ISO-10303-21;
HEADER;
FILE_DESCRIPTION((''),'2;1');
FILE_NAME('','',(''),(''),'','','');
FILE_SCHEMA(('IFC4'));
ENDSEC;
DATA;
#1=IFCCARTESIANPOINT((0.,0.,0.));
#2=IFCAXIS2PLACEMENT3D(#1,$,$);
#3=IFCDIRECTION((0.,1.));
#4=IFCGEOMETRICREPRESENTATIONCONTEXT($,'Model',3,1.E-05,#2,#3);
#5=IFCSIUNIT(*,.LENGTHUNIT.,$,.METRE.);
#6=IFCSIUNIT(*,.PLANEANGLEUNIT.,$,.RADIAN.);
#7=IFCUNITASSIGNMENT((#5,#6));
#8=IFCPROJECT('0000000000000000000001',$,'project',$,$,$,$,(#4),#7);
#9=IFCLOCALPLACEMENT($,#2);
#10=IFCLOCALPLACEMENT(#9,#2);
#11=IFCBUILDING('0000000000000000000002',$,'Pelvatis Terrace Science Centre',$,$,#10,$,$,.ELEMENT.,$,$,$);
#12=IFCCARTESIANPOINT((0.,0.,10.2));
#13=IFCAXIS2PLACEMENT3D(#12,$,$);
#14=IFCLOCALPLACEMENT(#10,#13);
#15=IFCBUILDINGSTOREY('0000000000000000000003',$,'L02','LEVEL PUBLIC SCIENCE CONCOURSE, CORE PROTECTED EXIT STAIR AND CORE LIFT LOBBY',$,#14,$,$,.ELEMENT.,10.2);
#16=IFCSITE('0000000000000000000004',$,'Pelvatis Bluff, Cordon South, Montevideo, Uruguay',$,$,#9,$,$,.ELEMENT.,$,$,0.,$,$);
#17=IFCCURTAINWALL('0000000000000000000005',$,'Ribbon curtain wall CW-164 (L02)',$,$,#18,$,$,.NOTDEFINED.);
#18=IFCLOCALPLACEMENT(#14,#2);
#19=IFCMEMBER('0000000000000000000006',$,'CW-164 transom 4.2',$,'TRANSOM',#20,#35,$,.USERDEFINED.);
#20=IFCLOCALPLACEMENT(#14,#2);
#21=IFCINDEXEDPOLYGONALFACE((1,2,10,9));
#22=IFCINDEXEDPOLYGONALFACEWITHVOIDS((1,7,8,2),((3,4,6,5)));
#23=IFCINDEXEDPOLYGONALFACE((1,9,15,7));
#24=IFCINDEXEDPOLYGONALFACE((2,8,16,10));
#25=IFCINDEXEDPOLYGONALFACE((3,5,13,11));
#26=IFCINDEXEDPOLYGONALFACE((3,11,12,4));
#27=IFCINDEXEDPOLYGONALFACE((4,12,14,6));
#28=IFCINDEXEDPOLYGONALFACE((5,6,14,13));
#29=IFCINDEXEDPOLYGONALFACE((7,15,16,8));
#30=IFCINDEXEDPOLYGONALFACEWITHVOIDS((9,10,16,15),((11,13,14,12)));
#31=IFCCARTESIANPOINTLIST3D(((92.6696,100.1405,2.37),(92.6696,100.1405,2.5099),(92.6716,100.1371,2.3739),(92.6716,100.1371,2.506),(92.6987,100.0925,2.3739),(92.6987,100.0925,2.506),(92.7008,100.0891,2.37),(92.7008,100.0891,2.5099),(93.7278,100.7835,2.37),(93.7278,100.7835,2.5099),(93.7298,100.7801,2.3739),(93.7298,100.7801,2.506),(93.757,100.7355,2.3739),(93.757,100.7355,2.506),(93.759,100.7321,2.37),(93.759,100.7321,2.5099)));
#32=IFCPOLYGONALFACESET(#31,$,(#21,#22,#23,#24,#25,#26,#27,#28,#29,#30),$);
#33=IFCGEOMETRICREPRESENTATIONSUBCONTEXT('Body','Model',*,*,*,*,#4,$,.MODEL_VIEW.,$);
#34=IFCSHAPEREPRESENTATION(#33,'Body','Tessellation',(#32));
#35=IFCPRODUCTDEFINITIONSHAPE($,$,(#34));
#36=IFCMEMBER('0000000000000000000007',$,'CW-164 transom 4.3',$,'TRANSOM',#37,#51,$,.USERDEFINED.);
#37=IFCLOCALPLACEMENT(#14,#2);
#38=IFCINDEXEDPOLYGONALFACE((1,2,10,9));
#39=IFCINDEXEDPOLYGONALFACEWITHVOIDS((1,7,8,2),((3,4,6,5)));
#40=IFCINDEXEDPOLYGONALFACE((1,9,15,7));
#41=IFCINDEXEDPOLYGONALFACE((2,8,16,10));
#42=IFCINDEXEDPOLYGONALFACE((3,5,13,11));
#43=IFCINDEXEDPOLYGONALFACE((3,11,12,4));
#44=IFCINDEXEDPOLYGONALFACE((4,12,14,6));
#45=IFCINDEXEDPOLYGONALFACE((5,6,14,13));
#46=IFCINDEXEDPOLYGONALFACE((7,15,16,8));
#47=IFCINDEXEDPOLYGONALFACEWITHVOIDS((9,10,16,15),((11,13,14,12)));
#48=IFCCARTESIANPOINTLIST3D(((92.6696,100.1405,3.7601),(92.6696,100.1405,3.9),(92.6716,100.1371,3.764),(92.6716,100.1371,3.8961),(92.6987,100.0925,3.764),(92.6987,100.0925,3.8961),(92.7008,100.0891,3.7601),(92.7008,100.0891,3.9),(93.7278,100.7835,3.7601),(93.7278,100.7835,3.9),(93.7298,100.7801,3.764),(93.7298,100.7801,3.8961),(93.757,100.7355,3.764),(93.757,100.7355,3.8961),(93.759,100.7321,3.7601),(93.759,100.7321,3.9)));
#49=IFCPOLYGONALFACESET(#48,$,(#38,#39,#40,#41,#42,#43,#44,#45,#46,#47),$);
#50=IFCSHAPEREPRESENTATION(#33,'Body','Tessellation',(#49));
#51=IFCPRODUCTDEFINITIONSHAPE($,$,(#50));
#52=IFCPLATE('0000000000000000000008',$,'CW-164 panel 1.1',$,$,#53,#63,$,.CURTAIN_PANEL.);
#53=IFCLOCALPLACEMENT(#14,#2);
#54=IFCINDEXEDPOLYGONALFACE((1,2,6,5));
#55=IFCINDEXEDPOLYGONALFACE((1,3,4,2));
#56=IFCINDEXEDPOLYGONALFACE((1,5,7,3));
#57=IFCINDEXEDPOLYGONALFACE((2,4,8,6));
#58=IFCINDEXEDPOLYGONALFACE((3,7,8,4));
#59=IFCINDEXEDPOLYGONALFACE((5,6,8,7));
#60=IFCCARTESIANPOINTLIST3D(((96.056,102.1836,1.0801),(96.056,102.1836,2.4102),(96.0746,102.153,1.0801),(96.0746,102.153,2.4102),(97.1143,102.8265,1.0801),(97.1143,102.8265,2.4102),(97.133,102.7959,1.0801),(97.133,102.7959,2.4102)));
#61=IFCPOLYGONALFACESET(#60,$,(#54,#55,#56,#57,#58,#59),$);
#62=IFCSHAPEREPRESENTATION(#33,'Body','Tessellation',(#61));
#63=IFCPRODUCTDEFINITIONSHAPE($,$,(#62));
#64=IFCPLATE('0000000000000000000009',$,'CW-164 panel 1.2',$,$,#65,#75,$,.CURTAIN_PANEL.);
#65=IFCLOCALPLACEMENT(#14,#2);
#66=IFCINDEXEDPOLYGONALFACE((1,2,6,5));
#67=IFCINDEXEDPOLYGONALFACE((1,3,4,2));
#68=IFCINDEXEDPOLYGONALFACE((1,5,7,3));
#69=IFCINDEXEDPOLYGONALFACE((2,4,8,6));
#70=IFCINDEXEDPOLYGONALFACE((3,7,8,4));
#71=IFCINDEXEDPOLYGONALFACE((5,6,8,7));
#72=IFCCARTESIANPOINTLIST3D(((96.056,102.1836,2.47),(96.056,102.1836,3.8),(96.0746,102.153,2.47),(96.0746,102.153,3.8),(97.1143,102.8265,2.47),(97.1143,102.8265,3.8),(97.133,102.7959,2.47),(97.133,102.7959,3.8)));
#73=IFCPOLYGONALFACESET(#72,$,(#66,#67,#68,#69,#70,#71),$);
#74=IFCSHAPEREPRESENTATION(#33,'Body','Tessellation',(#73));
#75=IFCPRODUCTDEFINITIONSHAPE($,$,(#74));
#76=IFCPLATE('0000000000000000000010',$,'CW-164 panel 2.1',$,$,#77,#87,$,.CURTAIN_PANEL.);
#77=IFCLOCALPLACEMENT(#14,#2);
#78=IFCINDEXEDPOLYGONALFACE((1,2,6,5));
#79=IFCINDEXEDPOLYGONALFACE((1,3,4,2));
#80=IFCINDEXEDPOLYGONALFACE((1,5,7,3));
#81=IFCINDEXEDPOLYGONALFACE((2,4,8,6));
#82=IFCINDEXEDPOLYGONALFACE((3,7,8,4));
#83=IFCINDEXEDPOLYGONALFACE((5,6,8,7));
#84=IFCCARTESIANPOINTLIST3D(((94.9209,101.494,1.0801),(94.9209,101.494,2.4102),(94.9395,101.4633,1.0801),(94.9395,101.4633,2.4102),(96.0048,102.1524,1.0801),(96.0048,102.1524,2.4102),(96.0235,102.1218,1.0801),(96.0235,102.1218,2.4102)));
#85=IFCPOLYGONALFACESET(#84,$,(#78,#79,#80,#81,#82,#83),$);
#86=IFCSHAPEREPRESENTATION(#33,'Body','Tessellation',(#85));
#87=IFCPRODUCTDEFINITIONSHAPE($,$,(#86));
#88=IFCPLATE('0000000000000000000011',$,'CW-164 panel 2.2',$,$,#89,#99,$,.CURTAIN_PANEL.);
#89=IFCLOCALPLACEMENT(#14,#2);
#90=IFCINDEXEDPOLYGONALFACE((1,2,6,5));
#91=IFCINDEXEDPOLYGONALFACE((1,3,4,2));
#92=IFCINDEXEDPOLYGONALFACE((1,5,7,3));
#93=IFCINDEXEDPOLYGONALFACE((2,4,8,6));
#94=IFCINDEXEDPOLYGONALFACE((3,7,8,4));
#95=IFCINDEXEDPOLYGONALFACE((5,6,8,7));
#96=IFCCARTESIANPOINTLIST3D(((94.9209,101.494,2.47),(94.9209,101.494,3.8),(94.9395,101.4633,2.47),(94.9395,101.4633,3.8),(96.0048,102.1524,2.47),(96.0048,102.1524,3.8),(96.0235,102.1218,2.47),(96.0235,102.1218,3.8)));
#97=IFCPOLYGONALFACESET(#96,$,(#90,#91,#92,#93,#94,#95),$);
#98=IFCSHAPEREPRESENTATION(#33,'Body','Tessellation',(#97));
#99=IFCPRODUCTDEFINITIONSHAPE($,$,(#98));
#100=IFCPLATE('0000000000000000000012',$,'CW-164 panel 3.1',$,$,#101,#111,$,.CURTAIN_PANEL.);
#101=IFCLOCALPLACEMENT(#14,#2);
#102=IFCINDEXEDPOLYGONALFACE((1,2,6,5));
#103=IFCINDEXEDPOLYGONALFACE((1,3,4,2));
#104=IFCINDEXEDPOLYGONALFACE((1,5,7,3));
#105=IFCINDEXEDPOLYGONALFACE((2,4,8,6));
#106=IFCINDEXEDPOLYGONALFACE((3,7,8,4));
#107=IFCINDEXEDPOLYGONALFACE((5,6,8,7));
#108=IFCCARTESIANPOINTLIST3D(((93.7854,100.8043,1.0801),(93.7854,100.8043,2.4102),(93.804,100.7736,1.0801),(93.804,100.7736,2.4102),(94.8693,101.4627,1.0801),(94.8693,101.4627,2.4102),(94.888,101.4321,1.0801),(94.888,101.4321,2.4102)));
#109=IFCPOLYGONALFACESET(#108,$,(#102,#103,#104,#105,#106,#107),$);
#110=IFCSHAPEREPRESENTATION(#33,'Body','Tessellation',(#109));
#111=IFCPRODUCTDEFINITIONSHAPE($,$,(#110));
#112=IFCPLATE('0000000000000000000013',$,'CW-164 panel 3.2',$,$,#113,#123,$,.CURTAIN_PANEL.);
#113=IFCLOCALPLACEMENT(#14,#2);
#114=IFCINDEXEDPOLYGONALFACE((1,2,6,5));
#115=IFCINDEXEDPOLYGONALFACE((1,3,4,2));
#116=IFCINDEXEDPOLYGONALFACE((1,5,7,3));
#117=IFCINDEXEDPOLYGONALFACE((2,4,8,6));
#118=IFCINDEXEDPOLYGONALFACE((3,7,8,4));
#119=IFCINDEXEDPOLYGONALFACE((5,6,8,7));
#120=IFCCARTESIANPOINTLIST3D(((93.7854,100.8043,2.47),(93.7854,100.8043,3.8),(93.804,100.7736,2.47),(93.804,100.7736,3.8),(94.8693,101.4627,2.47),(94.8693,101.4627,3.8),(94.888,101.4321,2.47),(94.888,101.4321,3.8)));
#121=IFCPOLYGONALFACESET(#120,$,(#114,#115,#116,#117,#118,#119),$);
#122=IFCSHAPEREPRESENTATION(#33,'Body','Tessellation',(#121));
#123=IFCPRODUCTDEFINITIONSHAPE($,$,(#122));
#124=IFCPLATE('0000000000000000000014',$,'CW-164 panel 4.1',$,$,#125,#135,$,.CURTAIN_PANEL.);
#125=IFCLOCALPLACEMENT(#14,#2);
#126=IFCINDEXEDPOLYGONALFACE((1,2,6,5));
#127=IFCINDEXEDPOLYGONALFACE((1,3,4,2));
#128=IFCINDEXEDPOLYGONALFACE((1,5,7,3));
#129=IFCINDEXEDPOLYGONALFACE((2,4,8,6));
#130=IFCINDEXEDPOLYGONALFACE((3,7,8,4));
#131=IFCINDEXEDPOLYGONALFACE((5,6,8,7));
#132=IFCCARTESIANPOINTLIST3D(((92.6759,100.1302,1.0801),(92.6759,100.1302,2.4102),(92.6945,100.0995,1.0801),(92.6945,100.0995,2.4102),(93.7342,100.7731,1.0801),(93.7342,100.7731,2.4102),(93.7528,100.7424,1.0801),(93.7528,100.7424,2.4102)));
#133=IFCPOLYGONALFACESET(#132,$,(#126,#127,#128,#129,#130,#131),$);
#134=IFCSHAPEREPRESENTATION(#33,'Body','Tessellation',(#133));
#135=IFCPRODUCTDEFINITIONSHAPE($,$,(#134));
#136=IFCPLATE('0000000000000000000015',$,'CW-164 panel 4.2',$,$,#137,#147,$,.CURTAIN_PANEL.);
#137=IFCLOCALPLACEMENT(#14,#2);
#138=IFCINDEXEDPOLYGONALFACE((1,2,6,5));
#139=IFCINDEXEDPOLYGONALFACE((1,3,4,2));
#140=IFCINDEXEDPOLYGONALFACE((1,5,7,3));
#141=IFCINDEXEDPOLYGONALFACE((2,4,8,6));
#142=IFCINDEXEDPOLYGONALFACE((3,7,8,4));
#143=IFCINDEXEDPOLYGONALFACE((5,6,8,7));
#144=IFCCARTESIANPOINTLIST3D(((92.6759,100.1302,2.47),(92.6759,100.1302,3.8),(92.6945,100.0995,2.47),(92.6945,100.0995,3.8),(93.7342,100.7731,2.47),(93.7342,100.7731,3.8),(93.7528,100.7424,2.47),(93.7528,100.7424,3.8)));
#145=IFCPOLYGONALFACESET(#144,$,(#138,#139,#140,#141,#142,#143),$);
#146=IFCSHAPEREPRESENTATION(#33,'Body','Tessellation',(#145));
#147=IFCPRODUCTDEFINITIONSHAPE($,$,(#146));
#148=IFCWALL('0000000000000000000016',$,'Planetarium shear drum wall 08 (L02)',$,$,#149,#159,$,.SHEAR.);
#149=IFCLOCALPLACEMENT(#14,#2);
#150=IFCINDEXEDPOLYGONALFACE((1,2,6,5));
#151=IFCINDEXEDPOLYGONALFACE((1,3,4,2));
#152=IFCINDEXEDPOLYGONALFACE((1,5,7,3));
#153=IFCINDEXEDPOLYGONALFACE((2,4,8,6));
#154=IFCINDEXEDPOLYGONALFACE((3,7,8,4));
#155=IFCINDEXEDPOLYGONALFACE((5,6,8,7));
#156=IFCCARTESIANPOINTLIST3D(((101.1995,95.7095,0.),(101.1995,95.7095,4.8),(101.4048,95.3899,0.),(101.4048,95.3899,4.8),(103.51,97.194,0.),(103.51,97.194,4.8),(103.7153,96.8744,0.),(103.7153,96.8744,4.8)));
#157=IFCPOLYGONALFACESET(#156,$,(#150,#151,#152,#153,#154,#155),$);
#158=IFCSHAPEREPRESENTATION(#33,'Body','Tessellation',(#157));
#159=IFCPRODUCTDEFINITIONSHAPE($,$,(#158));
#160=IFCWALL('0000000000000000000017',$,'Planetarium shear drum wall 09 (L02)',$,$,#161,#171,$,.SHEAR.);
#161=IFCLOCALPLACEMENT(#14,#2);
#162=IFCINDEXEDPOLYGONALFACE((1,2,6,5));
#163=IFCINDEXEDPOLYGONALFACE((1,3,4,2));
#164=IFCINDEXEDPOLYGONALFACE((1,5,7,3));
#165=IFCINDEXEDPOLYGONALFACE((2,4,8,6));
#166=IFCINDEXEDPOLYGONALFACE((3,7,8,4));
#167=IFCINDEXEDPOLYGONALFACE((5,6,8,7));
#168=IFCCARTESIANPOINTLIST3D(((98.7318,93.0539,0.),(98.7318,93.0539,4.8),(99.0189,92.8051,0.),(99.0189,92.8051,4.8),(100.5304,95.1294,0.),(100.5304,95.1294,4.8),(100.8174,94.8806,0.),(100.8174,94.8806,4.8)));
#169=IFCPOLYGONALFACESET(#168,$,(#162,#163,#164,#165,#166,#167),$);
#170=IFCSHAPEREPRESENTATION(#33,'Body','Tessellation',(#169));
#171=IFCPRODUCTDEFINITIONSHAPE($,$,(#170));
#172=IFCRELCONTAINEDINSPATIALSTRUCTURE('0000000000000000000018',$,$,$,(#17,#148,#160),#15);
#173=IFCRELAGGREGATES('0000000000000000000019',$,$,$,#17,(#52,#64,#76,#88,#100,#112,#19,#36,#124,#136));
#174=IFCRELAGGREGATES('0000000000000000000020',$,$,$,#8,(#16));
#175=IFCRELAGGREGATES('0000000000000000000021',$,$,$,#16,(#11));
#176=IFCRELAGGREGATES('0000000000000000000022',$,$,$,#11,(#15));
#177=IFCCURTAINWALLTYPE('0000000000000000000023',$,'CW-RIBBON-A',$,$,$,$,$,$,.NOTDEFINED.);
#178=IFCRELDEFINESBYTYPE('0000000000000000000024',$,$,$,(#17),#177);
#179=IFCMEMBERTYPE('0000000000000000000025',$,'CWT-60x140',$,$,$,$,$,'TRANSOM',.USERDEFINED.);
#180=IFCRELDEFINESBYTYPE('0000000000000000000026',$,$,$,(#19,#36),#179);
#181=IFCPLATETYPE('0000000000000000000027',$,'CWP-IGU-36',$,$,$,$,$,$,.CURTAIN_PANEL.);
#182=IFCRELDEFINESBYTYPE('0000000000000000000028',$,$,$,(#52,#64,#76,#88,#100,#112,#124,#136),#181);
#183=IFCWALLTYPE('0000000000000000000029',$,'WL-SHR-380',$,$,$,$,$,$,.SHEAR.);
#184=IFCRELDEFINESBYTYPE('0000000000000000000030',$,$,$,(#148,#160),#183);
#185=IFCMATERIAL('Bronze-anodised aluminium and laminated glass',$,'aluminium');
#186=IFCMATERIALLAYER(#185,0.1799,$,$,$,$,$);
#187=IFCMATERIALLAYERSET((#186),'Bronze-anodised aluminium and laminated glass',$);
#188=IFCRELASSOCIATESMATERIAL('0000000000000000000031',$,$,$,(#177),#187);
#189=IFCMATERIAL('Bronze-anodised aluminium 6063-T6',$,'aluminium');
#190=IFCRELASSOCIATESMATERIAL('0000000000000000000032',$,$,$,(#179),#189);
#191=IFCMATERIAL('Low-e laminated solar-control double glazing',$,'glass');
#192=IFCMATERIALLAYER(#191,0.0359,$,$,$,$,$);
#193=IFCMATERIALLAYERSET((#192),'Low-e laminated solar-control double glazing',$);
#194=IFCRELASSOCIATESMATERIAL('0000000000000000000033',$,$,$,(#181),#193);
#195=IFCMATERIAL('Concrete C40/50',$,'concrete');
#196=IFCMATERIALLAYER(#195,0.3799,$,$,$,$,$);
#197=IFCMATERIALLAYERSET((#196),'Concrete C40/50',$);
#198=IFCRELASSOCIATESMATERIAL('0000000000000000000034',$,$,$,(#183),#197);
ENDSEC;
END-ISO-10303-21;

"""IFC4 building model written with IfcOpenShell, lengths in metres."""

from ifc_helpers import new_model, si_unit, direction, frame, frame_2d, origin, origin_2d, place, context, subcontext, project, spatial, rectangle, hollow_rectangle, extrude, material, layer, layer_set, material_profile, profile_set, type_object, element, aggregate, save


model = new_model("IFC4")

# Units and contexts
model_context = context("Model", 3, precision=1e-05, world=origin(), true_north=direction((0.0, 1.0)))
body_context = subcontext(model_context, "Body", "Model", "MODEL_VIEW")
ifc_project = project(units=[si_unit("LENGTHUNIT", "METRE"), si_unit("PLANEANGLEUNIT", "RADIAN")], contexts=[model_context])

# Site, building, storey
site_placement = place(None, origin())
site = spatial("IfcSite", under=ifc_project, at=site_placement, Name="Pelvatis Bluff, Cordon South, Montevideo, Uruguay", CompositionType="ELEMENT", RefElevation=0.0)
building_placement = place(site_placement, origin())
building = spatial("IfcBuilding", under=site, at=building_placement, Name="Pelvatis Terrace Science Centre", CompositionType="ELEMENT")
storey_placement = place(building_placement, frame((0.0, 0.0, 10.2)))
storey = spatial("IfcBuildingStorey", under=building, at=storey_placement, Name="L02", Description="LEVEL PUBLIC SCIENCE CONCOURSE, CORE PROTECTED EXIT STAIR AND CORE LIFT LOBBY", CompositionType="ELEMENT", Elevation=10.2)

# Curtain wall, members, plates
ifc_material_1 = material(Name="Bronze-anodised aluminium and laminated glass", Category="aluminium")
ifc_layer_1 = layer(ifc_material_1, 0.1799)
ifc_layer_set_1 = layer_set([ifc_layer_1], Name="Bronze-anodised aluminium and laminated glass")
curtain_wall_type = type_object("IfcCurtainWallType", Name="CW-RIBBON-A", PredefinedType="NOTDEFINED", material=ifc_layer_set_1)
curtain_wall_placement = place(storey_placement, origin())
curtain_wall = element("IfcCurtainWall", 1, at=curtain_wall_placement, inside=storey, type_object=curtain_wall_type, Name="Ribbon curtain wall CW-164 (L02)", PredefinedType="NOTDEFINED")
ifc_material_2 = material(Name="Bronze-anodised aluminium 6063-T6", Category="aluminium")
ifc_material_profile_1 = material_profile(ifc_material_2, hollow_rectangle(XDim=0.0601, YDim=0.1399, WallThickness=0.0039, at=origin_2d()), Name="ALU-TRN 60x140")
ifc_profile_set_1 = profile_set([ifc_material_profile_1], Name="Bronze-anodised aluminium 6063-T6")
member_type_1 = type_object("IfcMemberType", Name="CWT-60x140", ElementType="TRANSOM", PredefinedType="USERDEFINED", material=ifc_profile_set_1)
member_1_placement = place(storey_placement, frame((93.7434, 100.7578, 2.4399), z_axis=(-0.854609, -0.519271, 0.0), x_axis=(0.519271, -0.854609, 0.0)))
member_1 = element("IfcMember", 2, at=member_1_placement, type_object=member_type_1, Name="CW-164 transom 4.2", ObjectType="TRANSOM", PredefinedType="USERDEFINED", context=body_context, shape_type="SweptSolid", body=[
    extrude(hollow_rectangle(XDim=0.0601, YDim=0.1399, WallThickness=0.0039, at=origin_2d()), origin(), (0.0, 0.0, 1.0), 1.2383),
])
member_2_placement = place(storey_placement, frame((93.7434, 100.7578, 3.8301), z_axis=(-0.854609, -0.519271, 0.0), x_axis=(0.519271, -0.854609, 0.0)))
member_2 = element("IfcMember", 3, at=member_2_placement, type_object=member_type_1, Name="CW-164 transom 4.3", ObjectType="TRANSOM", PredefinedType="USERDEFINED", context=body_context, shape_type="SweptSolid", body=[
    extrude(hollow_rectangle(XDim=0.0601, YDim=0.1399, WallThickness=0.0039, at=origin_2d()), origin(), (0.0, 0.0, 1.0), 1.2383),
])
ifc_material_3 = material(Name="Low-e laminated solar-control double glazing", Category="glass")
ifc_layer_2 = layer(ifc_material_3, 0.0359)
ifc_layer_set_2 = layer_set([ifc_layer_2], Name="Low-e laminated solar-control double glazing")
plate_type = type_object("IfcPlateType", Name="CWP-IGU-36", PredefinedType="CURTAIN_PANEL", material=ifc_layer_set_2)
plate_1_placement = place(storey_placement, frame((96.5945, 102.4897, 1.0801), z_axis=(0.0, 0.0, 1.0), x_axis=(-0.854659, -0.51919, 0.0)))
plate_1 = element("IfcPlate", 4, at=plate_1_placement, type_object=plate_type, Name="CW-164 panel 1.1", PredefinedType="CURTAIN_PANEL", context=body_context, shape_type="SweptSolid", body=[
    extrude(rectangle(XDim=1.2383, YDim=0.0359, at=origin_2d()), origin(), (0.0, 0.0, 1.0), 1.3301),
])
plate_2_placement = place(storey_placement, frame((96.5945, 102.4897, 2.47), z_axis=(0.0, 0.0, 1.0), x_axis=(-0.854659, -0.51919, 0.0)))
plate_2 = element("IfcPlate", 5, at=plate_2_placement, type_object=plate_type, Name="CW-164 panel 1.2", PredefinedType="CURTAIN_PANEL", context=body_context, shape_type="SweptSolid", body=[
    extrude(rectangle(XDim=1.2383, YDim=0.0359, at=origin_2d()), origin(), (0.0, 0.0, 1.0), 1.3301),
])
plate_3_placement = place(storey_placement, frame((95.4722, 101.8079, 1.0801), z_axis=(0.0, 0.0, 1.0), x_axis=(-0.854659, -0.51919, 0.0)))
plate_3 = element("IfcPlate", 6, at=plate_3_placement, type_object=plate_type, Name="CW-164 panel 2.1", PredefinedType="CURTAIN_PANEL", context=body_context, shape_type="SweptSolid", body=[
    extrude(rectangle(XDim=1.2683, YDim=0.0359, at=origin_2d()), origin(), (0.0, 0.0, 1.0), 1.3301),
])
plate_4_placement = place(storey_placement, frame((95.4722, 101.8079, 2.47), z_axis=(0.0, 0.0, 1.0), x_axis=(-0.854659, -0.51919, 0.0)))
plate_4 = element("IfcPlate", 7, at=plate_4_placement, type_object=plate_type, Name="CW-164 panel 2.2", PredefinedType="CURTAIN_PANEL", context=body_context, shape_type="SweptSolid", body=[
    extrude(rectangle(XDim=1.2683, YDim=0.0359, at=origin_2d()), origin(), (0.0, 0.0, 1.0), 1.3301),
])
plate_5_placement = place(storey_placement, frame((94.3367, 101.1182, 1.0801), z_axis=(0.0, 0.0, 1.0), x_axis=(-0.854659, -0.51919, 0.0)))
plate_5 = element("IfcPlate", 8, at=plate_5_placement, type_object=plate_type, Name="CW-164 panel 3.1", PredefinedType="CURTAIN_PANEL", context=body_context, shape_type="SweptSolid", body=[
    extrude(rectangle(XDim=1.2683, YDim=0.0359, at=origin_2d()), origin(), (0.0, 0.0, 1.0), 1.3301),
])
plate_6_placement = place(storey_placement, frame((94.3367, 101.1182, 2.47), z_axis=(0.0, 0.0, 1.0), x_axis=(-0.854659, -0.51919, 0.0)))
plate_6 = element("IfcPlate", 9, at=plate_6_placement, type_object=plate_type, Name="CW-164 panel 3.2", PredefinedType="CURTAIN_PANEL", context=body_context, shape_type="SweptSolid", body=[
    extrude(rectangle(XDim=1.2683, YDim=0.0359, at=origin_2d()), origin(), (0.0, 0.0, 1.0), 1.3301),
])
plate_7_placement = place(storey_placement, frame((93.2144, 100.4363, 1.0801), z_axis=(0.0, 0.0, 1.0), x_axis=(-0.854659, -0.51919, 0.0)))
plate_7 = element("IfcPlate", 10, at=plate_7_placement, type_object=plate_type, Name="CW-164 panel 4.1", PredefinedType="CURTAIN_PANEL", context=body_context, shape_type="SweptSolid", body=[
    extrude(rectangle(XDim=1.2383, YDim=0.0359, at=origin_2d()), origin(), (0.0, 0.0, 1.0), 1.3301),
])
plate_8_placement = place(storey_placement, frame((93.2144, 100.4363, 2.47), z_axis=(0.0, 0.0, 1.0), x_axis=(-0.854659, -0.51919, 0.0)))
plate_8 = element("IfcPlate", 11, at=plate_8_placement, type_object=plate_type, Name="CW-164 panel 4.2", PredefinedType="CURTAIN_PANEL", context=body_context, shape_type="SweptSolid", body=[
    extrude(rectangle(XDim=1.2383, YDim=0.0359, at=origin_2d()), origin(), (0.0, 0.0, 1.0), 1.3301),
])
aggregate(curtain_wall, [plate_1, plate_2, plate_3, plate_4, plate_5, plate_6, member_1, member_2, plate_7, plate_8])

# Walls
ifc_material_4 = material(Name="Concrete C40/50", Category="concrete")
ifc_layer_3 = layer(ifc_material_4, 0.3799)
ifc_layer_set_3 = layer_set([ifc_layer_3], Name="Concrete C40/50")
wall_type = type_object("IfcWallType", Name="WL-SHR-380", PredefinedType="SHEAR", material=ifc_layer_set_3)
for number, where, z_axis, x_axis, name in (
    (12, (103.6125, 97.0342, 0.0), (0.0, 0.0, 1.0), (-0.8413, -0.540569, 0.0), "Planetarium shear drum wall 08 (L02)"),
    (13, (100.6738, 95.0049, 0.0), (0.0, 0.0, 1.0), (-0.654903, -0.755713, 0.0), "Planetarium shear drum wall 09 (L02)"),
):
    element("IfcWall", number, at=place(storey_placement, frame(where, z_axis=z_axis, x_axis=x_axis)), inside=storey, type_object=wall_type, Name=name, PredefinedType="SHEAR", context=body_context, shape_type="SweptSolid", body=[
        extrude(rectangle(XDim=2.7463, YDim=0.3799, at=frame_2d((1.373, 0.0))), origin(), (0.0, 0.0, 1.0), 4.8),
    ])

save(model, "model.ifc")
